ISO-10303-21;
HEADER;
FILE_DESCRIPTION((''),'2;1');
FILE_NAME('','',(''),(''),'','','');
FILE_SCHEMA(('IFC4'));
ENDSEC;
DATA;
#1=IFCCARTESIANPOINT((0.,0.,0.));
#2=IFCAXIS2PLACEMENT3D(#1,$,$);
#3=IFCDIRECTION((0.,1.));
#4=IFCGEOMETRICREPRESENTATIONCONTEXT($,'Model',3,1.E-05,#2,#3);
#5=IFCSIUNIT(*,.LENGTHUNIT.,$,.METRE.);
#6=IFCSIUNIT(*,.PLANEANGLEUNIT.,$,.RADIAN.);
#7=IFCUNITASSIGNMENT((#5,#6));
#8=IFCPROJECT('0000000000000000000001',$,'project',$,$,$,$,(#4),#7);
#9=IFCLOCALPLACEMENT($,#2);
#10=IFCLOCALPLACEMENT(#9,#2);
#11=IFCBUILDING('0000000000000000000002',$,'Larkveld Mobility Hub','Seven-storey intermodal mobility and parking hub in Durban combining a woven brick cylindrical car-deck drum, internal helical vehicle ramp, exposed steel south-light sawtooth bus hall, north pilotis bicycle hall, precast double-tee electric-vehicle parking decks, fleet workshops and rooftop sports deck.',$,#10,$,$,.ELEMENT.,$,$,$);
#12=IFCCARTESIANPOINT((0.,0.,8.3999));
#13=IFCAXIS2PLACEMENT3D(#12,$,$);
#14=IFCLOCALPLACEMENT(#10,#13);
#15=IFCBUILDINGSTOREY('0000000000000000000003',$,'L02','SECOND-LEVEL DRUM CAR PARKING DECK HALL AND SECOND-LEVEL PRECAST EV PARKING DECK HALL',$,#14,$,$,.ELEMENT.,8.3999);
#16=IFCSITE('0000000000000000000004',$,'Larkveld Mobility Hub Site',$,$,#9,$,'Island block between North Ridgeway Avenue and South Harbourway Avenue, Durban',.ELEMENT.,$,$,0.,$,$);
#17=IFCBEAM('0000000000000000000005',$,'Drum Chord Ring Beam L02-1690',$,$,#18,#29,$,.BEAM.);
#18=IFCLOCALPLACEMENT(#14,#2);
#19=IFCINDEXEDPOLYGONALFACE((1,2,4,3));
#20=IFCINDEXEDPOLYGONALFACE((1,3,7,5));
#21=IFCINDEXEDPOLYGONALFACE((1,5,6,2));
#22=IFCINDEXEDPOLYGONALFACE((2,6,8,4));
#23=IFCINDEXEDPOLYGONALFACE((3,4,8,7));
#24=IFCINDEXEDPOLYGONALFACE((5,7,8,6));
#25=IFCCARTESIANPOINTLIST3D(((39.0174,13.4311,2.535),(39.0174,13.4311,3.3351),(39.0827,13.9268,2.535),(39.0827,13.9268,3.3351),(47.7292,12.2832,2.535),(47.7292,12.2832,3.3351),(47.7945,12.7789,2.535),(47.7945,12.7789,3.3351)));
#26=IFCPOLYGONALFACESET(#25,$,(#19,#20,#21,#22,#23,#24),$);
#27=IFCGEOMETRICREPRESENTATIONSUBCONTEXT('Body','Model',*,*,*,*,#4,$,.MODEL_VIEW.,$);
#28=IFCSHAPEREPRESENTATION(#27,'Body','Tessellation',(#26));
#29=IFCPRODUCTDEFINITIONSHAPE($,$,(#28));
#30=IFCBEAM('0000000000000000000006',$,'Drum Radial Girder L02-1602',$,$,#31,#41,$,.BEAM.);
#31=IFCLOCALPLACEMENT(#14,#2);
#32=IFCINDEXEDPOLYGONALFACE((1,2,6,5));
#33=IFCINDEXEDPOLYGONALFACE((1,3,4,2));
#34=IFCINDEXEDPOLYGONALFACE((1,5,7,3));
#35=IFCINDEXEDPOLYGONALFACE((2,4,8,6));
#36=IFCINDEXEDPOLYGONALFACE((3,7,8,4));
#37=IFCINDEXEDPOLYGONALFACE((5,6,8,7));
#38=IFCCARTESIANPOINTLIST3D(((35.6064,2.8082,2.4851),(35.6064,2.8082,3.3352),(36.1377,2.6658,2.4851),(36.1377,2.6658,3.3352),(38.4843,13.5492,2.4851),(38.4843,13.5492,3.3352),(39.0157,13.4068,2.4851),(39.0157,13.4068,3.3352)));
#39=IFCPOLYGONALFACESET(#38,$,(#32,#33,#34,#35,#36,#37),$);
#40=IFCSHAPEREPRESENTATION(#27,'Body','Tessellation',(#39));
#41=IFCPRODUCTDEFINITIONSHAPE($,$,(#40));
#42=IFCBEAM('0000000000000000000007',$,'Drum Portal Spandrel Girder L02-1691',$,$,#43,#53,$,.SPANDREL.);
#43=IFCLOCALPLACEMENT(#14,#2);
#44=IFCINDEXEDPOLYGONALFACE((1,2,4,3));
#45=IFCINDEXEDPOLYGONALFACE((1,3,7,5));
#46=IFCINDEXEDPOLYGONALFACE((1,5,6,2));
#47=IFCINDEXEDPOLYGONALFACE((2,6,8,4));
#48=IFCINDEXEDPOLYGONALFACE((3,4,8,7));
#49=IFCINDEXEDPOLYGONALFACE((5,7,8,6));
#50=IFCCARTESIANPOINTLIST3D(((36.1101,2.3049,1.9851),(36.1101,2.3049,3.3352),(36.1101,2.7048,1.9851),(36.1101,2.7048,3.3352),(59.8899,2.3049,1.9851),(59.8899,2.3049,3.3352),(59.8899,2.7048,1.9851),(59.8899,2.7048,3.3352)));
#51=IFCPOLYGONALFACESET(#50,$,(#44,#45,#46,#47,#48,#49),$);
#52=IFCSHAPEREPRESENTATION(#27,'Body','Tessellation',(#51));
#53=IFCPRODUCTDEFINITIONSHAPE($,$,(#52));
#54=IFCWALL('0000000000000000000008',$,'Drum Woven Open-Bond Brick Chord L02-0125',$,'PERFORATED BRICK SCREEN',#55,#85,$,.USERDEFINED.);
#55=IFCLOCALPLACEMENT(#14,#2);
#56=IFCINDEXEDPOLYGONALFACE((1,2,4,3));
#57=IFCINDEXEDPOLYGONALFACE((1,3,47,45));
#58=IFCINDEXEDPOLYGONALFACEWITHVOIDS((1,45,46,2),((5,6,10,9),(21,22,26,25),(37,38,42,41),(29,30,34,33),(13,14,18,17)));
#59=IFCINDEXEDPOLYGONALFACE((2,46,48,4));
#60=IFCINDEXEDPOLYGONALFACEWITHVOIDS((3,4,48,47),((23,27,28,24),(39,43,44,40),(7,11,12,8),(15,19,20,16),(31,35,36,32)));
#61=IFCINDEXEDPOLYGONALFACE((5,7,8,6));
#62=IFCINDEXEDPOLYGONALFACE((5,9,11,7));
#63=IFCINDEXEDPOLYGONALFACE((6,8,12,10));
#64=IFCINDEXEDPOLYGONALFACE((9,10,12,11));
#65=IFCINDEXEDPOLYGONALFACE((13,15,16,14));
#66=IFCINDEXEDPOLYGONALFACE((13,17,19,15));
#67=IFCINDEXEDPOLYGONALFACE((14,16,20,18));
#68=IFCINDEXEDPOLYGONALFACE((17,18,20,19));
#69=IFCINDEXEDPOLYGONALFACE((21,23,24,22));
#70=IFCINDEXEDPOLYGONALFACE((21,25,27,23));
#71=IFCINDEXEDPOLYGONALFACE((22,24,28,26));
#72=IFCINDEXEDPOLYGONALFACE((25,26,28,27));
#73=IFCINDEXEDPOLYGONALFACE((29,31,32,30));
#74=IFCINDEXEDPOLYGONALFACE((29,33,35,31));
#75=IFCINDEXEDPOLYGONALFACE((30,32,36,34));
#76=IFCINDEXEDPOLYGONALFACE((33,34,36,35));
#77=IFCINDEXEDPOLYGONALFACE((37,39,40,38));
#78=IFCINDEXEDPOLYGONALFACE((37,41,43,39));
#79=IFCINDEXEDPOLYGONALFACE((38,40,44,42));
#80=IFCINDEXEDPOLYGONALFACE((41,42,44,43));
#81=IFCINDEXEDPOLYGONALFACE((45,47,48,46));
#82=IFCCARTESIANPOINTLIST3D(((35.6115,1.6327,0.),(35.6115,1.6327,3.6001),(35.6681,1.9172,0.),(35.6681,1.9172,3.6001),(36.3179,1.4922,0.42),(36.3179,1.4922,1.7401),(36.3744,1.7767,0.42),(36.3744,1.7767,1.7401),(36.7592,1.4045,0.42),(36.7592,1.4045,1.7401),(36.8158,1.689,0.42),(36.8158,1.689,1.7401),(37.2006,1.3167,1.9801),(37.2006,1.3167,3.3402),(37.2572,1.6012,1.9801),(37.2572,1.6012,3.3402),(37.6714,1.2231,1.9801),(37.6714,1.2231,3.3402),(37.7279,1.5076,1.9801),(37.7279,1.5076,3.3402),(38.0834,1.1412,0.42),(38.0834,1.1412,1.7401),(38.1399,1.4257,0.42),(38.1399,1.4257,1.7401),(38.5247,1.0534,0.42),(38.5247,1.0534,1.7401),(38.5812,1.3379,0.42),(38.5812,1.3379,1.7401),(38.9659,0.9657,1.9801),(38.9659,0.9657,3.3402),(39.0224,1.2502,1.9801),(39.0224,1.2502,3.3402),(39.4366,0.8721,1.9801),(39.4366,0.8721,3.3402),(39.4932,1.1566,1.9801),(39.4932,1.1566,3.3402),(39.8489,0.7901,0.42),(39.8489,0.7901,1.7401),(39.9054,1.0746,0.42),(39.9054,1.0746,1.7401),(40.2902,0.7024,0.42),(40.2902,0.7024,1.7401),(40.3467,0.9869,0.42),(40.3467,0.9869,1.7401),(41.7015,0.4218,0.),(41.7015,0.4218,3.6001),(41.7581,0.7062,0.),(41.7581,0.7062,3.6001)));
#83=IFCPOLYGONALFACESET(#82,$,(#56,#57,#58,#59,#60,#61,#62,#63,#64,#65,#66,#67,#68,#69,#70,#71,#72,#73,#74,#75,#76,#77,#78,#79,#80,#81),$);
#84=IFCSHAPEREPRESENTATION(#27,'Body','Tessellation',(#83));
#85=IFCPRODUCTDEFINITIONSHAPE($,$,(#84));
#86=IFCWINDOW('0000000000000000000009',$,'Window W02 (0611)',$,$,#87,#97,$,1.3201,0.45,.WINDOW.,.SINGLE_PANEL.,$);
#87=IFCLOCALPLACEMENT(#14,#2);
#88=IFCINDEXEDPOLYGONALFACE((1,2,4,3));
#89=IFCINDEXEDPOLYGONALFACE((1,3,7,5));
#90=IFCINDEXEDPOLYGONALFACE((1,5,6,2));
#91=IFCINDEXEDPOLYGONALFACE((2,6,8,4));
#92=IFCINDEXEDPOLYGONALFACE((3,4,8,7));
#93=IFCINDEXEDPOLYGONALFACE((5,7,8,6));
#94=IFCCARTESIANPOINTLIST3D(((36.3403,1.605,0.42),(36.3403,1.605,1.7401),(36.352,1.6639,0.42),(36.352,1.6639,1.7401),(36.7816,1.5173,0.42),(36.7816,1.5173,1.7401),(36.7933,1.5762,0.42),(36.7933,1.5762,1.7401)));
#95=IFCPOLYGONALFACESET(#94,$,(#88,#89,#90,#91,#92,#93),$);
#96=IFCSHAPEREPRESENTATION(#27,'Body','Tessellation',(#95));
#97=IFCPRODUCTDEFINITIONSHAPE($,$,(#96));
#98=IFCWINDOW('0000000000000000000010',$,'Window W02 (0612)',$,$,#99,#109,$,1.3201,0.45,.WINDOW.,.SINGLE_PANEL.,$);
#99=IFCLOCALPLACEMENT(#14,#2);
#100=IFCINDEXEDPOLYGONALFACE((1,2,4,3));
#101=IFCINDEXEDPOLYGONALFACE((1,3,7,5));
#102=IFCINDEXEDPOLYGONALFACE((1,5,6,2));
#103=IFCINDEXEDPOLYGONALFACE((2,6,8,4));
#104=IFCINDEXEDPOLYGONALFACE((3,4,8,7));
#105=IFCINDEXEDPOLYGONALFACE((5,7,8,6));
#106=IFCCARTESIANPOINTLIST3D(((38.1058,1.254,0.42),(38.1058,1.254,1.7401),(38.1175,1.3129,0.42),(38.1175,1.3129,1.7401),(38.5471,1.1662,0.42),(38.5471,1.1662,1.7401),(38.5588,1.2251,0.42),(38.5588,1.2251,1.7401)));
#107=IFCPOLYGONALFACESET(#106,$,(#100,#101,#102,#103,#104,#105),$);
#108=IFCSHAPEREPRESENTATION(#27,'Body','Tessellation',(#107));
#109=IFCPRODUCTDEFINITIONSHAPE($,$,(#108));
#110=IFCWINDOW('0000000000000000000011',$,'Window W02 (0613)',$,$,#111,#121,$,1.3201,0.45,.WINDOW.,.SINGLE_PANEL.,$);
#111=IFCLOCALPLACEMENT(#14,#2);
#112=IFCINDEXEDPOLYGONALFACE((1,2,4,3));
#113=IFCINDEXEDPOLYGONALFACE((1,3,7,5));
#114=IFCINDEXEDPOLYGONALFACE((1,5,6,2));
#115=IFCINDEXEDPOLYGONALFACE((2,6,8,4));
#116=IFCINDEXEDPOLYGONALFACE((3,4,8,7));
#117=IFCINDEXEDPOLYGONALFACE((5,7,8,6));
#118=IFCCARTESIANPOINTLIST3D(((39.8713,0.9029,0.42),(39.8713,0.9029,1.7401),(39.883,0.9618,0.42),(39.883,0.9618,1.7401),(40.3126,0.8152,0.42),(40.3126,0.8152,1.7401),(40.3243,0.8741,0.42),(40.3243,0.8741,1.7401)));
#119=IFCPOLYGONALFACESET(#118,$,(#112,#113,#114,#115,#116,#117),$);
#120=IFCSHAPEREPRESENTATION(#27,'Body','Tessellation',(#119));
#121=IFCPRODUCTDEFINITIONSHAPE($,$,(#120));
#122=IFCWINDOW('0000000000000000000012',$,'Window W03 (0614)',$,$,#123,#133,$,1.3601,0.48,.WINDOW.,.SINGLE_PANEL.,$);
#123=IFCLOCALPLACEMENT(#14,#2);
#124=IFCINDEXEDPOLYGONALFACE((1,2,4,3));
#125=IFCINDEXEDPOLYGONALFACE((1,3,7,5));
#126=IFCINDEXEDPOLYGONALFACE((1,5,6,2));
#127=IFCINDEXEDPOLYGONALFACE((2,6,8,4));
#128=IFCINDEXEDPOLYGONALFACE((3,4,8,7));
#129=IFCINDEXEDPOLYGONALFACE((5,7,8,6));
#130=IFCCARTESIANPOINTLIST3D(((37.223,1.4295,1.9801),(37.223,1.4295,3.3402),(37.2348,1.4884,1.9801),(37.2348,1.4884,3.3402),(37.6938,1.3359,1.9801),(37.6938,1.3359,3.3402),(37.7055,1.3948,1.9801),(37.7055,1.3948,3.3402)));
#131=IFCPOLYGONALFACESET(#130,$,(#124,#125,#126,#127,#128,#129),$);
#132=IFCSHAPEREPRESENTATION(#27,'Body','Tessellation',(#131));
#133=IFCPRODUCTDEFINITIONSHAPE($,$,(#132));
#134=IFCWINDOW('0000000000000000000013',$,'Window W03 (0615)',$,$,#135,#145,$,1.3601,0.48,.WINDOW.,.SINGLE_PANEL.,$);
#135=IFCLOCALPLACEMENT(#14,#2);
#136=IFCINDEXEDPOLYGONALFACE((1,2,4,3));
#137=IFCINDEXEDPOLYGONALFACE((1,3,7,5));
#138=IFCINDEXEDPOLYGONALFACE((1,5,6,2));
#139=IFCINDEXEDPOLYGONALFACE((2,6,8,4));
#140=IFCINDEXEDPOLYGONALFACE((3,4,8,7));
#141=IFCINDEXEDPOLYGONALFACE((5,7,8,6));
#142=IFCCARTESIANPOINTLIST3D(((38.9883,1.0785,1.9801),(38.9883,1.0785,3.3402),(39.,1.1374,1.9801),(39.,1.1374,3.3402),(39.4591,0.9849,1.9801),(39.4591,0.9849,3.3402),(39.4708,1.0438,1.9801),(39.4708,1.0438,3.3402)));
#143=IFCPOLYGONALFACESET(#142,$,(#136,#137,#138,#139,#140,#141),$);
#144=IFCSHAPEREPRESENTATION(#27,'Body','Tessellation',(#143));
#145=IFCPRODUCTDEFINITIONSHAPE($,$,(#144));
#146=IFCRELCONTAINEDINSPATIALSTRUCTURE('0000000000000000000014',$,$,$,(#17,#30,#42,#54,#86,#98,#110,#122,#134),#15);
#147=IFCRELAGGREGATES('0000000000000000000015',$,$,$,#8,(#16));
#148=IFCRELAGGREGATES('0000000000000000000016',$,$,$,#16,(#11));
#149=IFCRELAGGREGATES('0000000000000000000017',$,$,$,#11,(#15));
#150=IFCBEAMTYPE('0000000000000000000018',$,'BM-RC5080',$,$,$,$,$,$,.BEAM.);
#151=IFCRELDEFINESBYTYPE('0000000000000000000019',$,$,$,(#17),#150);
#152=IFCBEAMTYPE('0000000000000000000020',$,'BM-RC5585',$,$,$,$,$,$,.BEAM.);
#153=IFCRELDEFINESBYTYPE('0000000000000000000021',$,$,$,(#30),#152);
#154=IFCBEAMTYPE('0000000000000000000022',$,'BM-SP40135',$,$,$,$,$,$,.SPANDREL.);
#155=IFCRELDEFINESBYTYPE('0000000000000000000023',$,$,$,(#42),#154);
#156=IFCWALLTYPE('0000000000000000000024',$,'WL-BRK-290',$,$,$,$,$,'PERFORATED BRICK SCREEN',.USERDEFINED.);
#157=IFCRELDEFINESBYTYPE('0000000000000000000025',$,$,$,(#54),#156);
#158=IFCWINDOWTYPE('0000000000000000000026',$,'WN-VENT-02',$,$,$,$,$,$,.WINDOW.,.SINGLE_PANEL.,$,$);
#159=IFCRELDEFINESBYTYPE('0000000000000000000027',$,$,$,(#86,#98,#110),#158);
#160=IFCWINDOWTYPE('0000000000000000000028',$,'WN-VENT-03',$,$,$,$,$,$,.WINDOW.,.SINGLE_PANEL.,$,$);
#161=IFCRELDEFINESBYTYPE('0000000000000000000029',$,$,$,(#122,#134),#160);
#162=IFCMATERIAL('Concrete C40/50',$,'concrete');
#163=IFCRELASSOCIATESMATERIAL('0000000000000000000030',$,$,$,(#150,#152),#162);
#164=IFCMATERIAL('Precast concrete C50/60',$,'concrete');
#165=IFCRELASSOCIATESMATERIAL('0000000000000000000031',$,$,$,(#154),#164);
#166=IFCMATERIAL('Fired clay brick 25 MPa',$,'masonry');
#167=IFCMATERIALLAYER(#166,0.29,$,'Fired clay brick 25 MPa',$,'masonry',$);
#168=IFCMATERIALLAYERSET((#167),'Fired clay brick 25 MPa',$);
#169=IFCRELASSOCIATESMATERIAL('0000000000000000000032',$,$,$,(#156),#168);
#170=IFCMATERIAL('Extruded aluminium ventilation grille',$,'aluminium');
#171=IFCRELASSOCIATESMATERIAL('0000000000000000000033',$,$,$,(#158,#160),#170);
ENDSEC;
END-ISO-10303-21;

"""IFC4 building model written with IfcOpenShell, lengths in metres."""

from ifc_helpers import new_model, si_unit, direction, frame, frame_2d, origin, origin_2d, place, context, subcontext, project, spatial, rectangle, extrude, material, layer, layer_set, material_profile, profile_set, type_object, element, fill, save


model = new_model("IFC4")

# Units and contexts
model_context = context("Model", 3, precision=1e-05, world=origin(), true_north=direction((0.0, 1.0)))
body_context = subcontext(model_context, "Body", "Model", "MODEL_VIEW")
ifc_project = project(units=[si_unit("LENGTHUNIT", "METRE"), si_unit("PLANEANGLEUNIT", "RADIAN")], contexts=[model_context])

# Site, building, storey
site_placement = place(None, origin())
site = spatial("IfcSite", under=ifc_project, at=site_placement, Name="Larkveld Mobility Hub Site", LongName="Island block between North Ridgeway Avenue and South Harbourway Avenue, Durban", CompositionType="ELEMENT", RefElevation=0.0)
building_placement = place(site_placement, origin())
building = spatial("IfcBuilding", under=site, at=building_placement, Name="Larkveld Mobility Hub", Description="Seven-storey intermodal mobility and parking hub in Durban combining a woven brick cylindrical car-deck drum, internal helical vehicle ramp, exposed steel south-light sawtooth bus hall, north pilotis bicycle hall, precast double-tee electric-vehicle parking decks, fleet workshops and rooftop sports deck.", CompositionType="ELEMENT")
storey_placement = place(building_placement, frame((0.0, 0.0, 8.3999)))
storey = spatial("IfcBuildingStorey", under=building, at=storey_placement, Name="L02", Description="SECOND-LEVEL DRUM CAR PARKING DECK HALL AND SECOND-LEVEL PRECAST EV PARKING DECK HALL", CompositionType="ELEMENT", Elevation=8.3999)

# Shared definitions
ifc_material_1 = material(Name="Precast concrete C50/60", Category="concrete")
ifc_material_2 = material(Name="Concrete C40/50", Category="concrete")

# Beams
ifc_material_profile_1 = material_profile(ifc_material_2, rectangle(XDim=0.5, YDim=0.8, at=origin_2d()), Name="RC BM 500x800")
ifc_profile_set_1 = profile_set([ifc_material_profile_1], Name="Concrete C40/50")
beam_type_1 = type_object("IfcBeamType", Name="BM-RC5080", PredefinedType="BEAM", material=ifc_profile_set_1)
beam_1_placement = place(storey_placement, frame((39.05, 13.679, 2.9351), z_axis=(0.99143, -0.130638, 0.0), x_axis=(0.130638, 0.99143, 0.0)))
element("IfcBeam", 1, at=beam_1_placement, inside=storey, type_object=beam_type_1, Name="Drum Chord Ring Beam L02-1690", PredefinedType="BEAM", context=body_context, shape_type="SweptSolid", body=[
    extrude(rectangle(XDim=0.5, YDim=0.8, at=origin_2d()), origin(), (0.0, 0.0, 1.0), 8.7871),
])
ifc_material_profile_2 = material_profile(ifc_material_2, rectangle(XDim=0.55, YDim=0.8501, at=origin_2d()), Name="RC BM 550x850")
ifc_profile_set_2 = profile_set([ifc_material_profile_2], Name="Concrete C40/50")
beam_type_2 = type_object("IfcBeamType", Name="BM-RC5585", PredefinedType="BEAM", material=ifc_profile_set_2)
beam_2_placement = place(storey_placement, frame((38.75, 13.478, 2.9102), z_axis=(-0.25881, -0.965928, 0.0), x_axis=(0.965928, -0.25881, 0.0)))
element("IfcBeam", 2, at=beam_2_placement, inside=storey, type_object=beam_type_2, Name="Drum Radial Girder L02-1602", PredefinedType="BEAM", context=body_context, shape_type="SweptSolid", body=[
    extrude(rectangle(XDim=0.55, YDim=0.8501, at=origin_2d()), origin(), (0.0, 0.0, 1.0), 11.1199),
])
ifc_material_profile_3 = material_profile(ifc_material_1, rectangle(XDim=0.3999, YDim=1.3501, at=origin_2d()), Name="PC SP 400x1350")
ifc_profile_set_3 = profile_set([ifc_material_profile_3], Name="Precast concrete C50/60")
beam_type_3 = type_object("IfcBeamType", Name="BM-SP40135", PredefinedType="SPANDREL", material=ifc_profile_set_3)
beam_3_placement = place(storey_placement, frame((36.1101, 2.5049, 2.6602), z_axis=(1.0, 0.0, 0.0), x_axis=(0.0, 1.0, 0.0)))
element("IfcBeam", 3, at=beam_3_placement, inside=storey, type_object=beam_type_3, Name="Drum Portal Spandrel Girder L02-1691", PredefinedType="SPANDREL", context=body_context, shape_type="SweptSolid", body=[
    extrude(rectangle(XDim=0.3999, YDim=1.3501, at=origin_2d()), origin(), (0.0, 0.0, 1.0), 23.7798),
])

# Wall, openings, windows
ifc_material_3 = material(Name="Fired clay brick 25 MPa", Category="masonry")
ifc_layer_1 = layer(ifc_material_3, 0.29, Name="Fired clay brick 25 MPa", Category="masonry")
ifc_layer_set_1 = layer_set([ifc_layer_1], Name="Fired clay brick 25 MPa")
wall_type_1 = type_object("IfcWallType", Name="WL-BRK-290", ElementType="PERFORATED BRICK SCREEN", PredefinedType="USERDEFINED", material=ifc_layer_set_1)
wall_1_placement = place(storey_placement, frame((35.6399, 1.7749, 0.0), z_axis=(0.0, 0.0, 1.0), x_axis=(0.980799, -0.19502, 0.0)))
wall_1 = element("IfcWall", 4, at=wall_1_placement, inside=storey, type_object=wall_type_1, Name="Drum Woven Open-Bond Brick Chord L02-0125", ObjectType="PERFORATED BRICK SCREEN", PredefinedType="USERDEFINED", context=body_context, shape_type="SweptSolid", body=[
    extrude(rectangle(XDim=6.2092, YDim=0.29, at=frame_2d((3.1045, 0.0))), origin(), (0.0, 0.0, 1.0), 3.6001),
])
opening_1_placement = place(wall_1_placement, frame((0.72, 0.0, 0.4199)))
opening_1 = element("IfcOpeningElement", 5, at=opening_1_placement, cuts=wall_1, PredefinedType="OPENING", context=body_context, shape_type="SweptSolid", body=[
    extrude(rectangle(XDim=0.45, YDim=1.3201, at=frame_2d((0.2251, 0.6602))), frame((0.0, 0.155, 0.0), z_axis=(0.0, -1.0, 0.0), x_axis=(1.0, 0.0, 0.0)), (0.0, 0.0, 1.0), 0.3101),
])
opening_2_placement = place(wall_1_placement, frame((2.52, 0.0, 0.4199)))
opening_2 = element("IfcOpeningElement", 6, at=opening_2_placement, cuts=wall_1, PredefinedType="OPENING", context=body_context, shape_type="SweptSolid", body=[
    extrude(rectangle(XDim=0.45, YDim=1.3201, at=frame_2d((0.2251, 0.6602))), frame((0.0, 0.155, 0.0), z_axis=(0.0, -1.0, 0.0), x_axis=(1.0, 0.0, 0.0)), (0.0, 0.0, 1.0), 0.3101),
])
opening_3_placement = place(wall_1_placement, frame((4.3201, 0.0, 0.4199)))
opening_3 = element("IfcOpeningElement", 7, at=opening_3_placement, cuts=wall_1, PredefinedType="OPENING", context=body_context, shape_type="SweptSolid", body=[
    extrude(rectangle(XDim=0.45, YDim=1.3201, at=frame_2d((0.2251, 0.6602))), frame((0.0, 0.155, 0.0), z_axis=(0.0, -1.0, 0.0), x_axis=(1.0, 0.0, 0.0)), (0.0, 0.0, 1.0), 0.3101),
])
opening_4_placement = place(wall_1_placement, frame((1.6201, 0.0, 1.98)))
opening_4 = element("IfcOpeningElement", 8, at=opening_4_placement, cuts=wall_1, PredefinedType="OPENING", context=body_context, shape_type="SweptSolid", body=[
    extrude(rectangle(XDim=0.48, YDim=1.3601, at=frame_2d((0.24, 0.6802))), frame((0.0, 0.155, 0.0), z_axis=(0.0, -1.0, 0.0), x_axis=(1.0, 0.0, 0.0)), (0.0, 0.0, 1.0), 0.3101),
])
opening_5_placement = place(wall_1_placement, frame((3.4199, 0.0, 1.98)))
opening_5 = element("IfcOpeningElement", 9, at=opening_5_placement, cuts=wall_1, PredefinedType="OPENING", context=body_context, shape_type="SweptSolid", body=[
    extrude(rectangle(XDim=0.48, YDim=1.3601, at=frame_2d((0.24, 0.6802))), frame((0.0, 0.155, 0.0), z_axis=(0.0, -1.0, 0.0), x_axis=(1.0, 0.0, 0.0)), (0.0, 0.0, 1.0), 0.3101),
])
ifc_material_4 = material(Name="Extruded aluminium ventilation grille", Category="aluminium")
window_type_1 = type_object("IfcWindowType", Name="WN-VENT-02", PartitioningType="SINGLE_PANEL", PredefinedType="WINDOW", material=ifc_material_4)
window_1_placement = place(opening_1_placement, origin())
window_1 = element("IfcWindow", 10, at=window_1_placement, inside=storey, type_object=window_type_1, Name="Window W02 (0611)", OverallHeight=1.3201, OverallWidth=0.45, PartitioningType="SINGLE_PANEL", PredefinedType="WINDOW", context=body_context, shape_type="SweptSolid", body=[
    extrude(rectangle(XDim=0.45, YDim=1.3201, at=frame_2d((0.2251, 0.6602))), frame((0.0, 0.03, 0.0), z_axis=(0.0, -1.0, 0.0), x_axis=(1.0, 0.0, 0.0)), (0.0, 0.0, 1.0), 0.0601),
])
fill(opening_1, window_1)
window_2_placement = place(opening_2_placement, origin())
window_2 = element("IfcWindow", 11, at=window_2_placement, inside=storey, type_object=window_type_1, Name="Window W02 (0612)", OverallHeight=1.3201, OverallWidth=0.45, PartitioningType="SINGLE_PANEL", PredefinedType="WINDOW", context=body_context, shape_type="SweptSolid", body=[
    extrude(rectangle(XDim=0.45, YDim=1.3201, at=frame_2d((0.2251, 0.6602))), frame((0.0, 0.03, 0.0), z_axis=(0.0, -1.0, 0.0), x_axis=(1.0, 0.0, 0.0)), (0.0, 0.0, 1.0), 0.0601),
])
fill(opening_2, window_2)
window_3_placement = place(opening_3_placement, origin())
window_3 = element("IfcWindow", 12, at=window_3_placement, inside=storey, type_object=window_type_1, Name="Window W02 (0613)", OverallHeight=1.3201, OverallWidth=0.45, PartitioningType="SINGLE_PANEL", PredefinedType="WINDOW", context=body_context, shape_type="SweptSolid", body=[
    extrude(rectangle(XDim=0.45, YDim=1.3201, at=frame_2d((0.2251, 0.6602))), frame((0.0, 0.03, 0.0), z_axis=(0.0, -1.0, 0.0), x_axis=(1.0, 0.0, 0.0)), (0.0, 0.0, 1.0), 0.0601),
])
fill(opening_3, window_3)
window_type_2 = type_object("IfcWindowType", Name="WN-VENT-03", PartitioningType="SINGLE_PANEL", PredefinedType="WINDOW", material=ifc_material_4)
window_4_placement = place(opening_4_placement, origin())
window_4 = element("IfcWindow", 13, at=window_4_placement, inside=storey, type_object=window_type_2, Name="Window W03 (0614)", OverallHeight=1.3601, OverallWidth=0.48, PartitioningType="SINGLE_PANEL", PredefinedType="WINDOW", context=body_context, shape_type="SweptSolid", body=[
    extrude(rectangle(XDim=0.48, YDim=1.3601, at=frame_2d((0.24, 0.6802))), frame((0.0, 0.03, 0.0), z_axis=(0.0, -1.0, 0.0), x_axis=(1.0, 0.0, 0.0)), (0.0, 0.0, 1.0), 0.0601),
])
fill(opening_4, window_4)
window_5_placement = place(opening_5_placement, origin())
window_5 = element("IfcWindow", 14, at=window_5_placement, inside=storey, type_object=window_type_2, Name="Window W03 (0615)", OverallHeight=1.3601, OverallWidth=0.48, PartitioningType="SINGLE_PANEL", PredefinedType="WINDOW", context=body_context, shape_type="SweptSolid", body=[
    extrude(rectangle(XDim=0.48, YDim=1.3601, at=frame_2d((0.24, 0.6802))), frame((0.0, 0.03, 0.0), z_axis=(0.0, -1.0, 0.0), x_axis=(1.0, 0.0, 0.0)), (0.0, 0.0, 1.0), 0.0601),
])
fill(opening_5, window_5)

save(model, "model.ifc")
